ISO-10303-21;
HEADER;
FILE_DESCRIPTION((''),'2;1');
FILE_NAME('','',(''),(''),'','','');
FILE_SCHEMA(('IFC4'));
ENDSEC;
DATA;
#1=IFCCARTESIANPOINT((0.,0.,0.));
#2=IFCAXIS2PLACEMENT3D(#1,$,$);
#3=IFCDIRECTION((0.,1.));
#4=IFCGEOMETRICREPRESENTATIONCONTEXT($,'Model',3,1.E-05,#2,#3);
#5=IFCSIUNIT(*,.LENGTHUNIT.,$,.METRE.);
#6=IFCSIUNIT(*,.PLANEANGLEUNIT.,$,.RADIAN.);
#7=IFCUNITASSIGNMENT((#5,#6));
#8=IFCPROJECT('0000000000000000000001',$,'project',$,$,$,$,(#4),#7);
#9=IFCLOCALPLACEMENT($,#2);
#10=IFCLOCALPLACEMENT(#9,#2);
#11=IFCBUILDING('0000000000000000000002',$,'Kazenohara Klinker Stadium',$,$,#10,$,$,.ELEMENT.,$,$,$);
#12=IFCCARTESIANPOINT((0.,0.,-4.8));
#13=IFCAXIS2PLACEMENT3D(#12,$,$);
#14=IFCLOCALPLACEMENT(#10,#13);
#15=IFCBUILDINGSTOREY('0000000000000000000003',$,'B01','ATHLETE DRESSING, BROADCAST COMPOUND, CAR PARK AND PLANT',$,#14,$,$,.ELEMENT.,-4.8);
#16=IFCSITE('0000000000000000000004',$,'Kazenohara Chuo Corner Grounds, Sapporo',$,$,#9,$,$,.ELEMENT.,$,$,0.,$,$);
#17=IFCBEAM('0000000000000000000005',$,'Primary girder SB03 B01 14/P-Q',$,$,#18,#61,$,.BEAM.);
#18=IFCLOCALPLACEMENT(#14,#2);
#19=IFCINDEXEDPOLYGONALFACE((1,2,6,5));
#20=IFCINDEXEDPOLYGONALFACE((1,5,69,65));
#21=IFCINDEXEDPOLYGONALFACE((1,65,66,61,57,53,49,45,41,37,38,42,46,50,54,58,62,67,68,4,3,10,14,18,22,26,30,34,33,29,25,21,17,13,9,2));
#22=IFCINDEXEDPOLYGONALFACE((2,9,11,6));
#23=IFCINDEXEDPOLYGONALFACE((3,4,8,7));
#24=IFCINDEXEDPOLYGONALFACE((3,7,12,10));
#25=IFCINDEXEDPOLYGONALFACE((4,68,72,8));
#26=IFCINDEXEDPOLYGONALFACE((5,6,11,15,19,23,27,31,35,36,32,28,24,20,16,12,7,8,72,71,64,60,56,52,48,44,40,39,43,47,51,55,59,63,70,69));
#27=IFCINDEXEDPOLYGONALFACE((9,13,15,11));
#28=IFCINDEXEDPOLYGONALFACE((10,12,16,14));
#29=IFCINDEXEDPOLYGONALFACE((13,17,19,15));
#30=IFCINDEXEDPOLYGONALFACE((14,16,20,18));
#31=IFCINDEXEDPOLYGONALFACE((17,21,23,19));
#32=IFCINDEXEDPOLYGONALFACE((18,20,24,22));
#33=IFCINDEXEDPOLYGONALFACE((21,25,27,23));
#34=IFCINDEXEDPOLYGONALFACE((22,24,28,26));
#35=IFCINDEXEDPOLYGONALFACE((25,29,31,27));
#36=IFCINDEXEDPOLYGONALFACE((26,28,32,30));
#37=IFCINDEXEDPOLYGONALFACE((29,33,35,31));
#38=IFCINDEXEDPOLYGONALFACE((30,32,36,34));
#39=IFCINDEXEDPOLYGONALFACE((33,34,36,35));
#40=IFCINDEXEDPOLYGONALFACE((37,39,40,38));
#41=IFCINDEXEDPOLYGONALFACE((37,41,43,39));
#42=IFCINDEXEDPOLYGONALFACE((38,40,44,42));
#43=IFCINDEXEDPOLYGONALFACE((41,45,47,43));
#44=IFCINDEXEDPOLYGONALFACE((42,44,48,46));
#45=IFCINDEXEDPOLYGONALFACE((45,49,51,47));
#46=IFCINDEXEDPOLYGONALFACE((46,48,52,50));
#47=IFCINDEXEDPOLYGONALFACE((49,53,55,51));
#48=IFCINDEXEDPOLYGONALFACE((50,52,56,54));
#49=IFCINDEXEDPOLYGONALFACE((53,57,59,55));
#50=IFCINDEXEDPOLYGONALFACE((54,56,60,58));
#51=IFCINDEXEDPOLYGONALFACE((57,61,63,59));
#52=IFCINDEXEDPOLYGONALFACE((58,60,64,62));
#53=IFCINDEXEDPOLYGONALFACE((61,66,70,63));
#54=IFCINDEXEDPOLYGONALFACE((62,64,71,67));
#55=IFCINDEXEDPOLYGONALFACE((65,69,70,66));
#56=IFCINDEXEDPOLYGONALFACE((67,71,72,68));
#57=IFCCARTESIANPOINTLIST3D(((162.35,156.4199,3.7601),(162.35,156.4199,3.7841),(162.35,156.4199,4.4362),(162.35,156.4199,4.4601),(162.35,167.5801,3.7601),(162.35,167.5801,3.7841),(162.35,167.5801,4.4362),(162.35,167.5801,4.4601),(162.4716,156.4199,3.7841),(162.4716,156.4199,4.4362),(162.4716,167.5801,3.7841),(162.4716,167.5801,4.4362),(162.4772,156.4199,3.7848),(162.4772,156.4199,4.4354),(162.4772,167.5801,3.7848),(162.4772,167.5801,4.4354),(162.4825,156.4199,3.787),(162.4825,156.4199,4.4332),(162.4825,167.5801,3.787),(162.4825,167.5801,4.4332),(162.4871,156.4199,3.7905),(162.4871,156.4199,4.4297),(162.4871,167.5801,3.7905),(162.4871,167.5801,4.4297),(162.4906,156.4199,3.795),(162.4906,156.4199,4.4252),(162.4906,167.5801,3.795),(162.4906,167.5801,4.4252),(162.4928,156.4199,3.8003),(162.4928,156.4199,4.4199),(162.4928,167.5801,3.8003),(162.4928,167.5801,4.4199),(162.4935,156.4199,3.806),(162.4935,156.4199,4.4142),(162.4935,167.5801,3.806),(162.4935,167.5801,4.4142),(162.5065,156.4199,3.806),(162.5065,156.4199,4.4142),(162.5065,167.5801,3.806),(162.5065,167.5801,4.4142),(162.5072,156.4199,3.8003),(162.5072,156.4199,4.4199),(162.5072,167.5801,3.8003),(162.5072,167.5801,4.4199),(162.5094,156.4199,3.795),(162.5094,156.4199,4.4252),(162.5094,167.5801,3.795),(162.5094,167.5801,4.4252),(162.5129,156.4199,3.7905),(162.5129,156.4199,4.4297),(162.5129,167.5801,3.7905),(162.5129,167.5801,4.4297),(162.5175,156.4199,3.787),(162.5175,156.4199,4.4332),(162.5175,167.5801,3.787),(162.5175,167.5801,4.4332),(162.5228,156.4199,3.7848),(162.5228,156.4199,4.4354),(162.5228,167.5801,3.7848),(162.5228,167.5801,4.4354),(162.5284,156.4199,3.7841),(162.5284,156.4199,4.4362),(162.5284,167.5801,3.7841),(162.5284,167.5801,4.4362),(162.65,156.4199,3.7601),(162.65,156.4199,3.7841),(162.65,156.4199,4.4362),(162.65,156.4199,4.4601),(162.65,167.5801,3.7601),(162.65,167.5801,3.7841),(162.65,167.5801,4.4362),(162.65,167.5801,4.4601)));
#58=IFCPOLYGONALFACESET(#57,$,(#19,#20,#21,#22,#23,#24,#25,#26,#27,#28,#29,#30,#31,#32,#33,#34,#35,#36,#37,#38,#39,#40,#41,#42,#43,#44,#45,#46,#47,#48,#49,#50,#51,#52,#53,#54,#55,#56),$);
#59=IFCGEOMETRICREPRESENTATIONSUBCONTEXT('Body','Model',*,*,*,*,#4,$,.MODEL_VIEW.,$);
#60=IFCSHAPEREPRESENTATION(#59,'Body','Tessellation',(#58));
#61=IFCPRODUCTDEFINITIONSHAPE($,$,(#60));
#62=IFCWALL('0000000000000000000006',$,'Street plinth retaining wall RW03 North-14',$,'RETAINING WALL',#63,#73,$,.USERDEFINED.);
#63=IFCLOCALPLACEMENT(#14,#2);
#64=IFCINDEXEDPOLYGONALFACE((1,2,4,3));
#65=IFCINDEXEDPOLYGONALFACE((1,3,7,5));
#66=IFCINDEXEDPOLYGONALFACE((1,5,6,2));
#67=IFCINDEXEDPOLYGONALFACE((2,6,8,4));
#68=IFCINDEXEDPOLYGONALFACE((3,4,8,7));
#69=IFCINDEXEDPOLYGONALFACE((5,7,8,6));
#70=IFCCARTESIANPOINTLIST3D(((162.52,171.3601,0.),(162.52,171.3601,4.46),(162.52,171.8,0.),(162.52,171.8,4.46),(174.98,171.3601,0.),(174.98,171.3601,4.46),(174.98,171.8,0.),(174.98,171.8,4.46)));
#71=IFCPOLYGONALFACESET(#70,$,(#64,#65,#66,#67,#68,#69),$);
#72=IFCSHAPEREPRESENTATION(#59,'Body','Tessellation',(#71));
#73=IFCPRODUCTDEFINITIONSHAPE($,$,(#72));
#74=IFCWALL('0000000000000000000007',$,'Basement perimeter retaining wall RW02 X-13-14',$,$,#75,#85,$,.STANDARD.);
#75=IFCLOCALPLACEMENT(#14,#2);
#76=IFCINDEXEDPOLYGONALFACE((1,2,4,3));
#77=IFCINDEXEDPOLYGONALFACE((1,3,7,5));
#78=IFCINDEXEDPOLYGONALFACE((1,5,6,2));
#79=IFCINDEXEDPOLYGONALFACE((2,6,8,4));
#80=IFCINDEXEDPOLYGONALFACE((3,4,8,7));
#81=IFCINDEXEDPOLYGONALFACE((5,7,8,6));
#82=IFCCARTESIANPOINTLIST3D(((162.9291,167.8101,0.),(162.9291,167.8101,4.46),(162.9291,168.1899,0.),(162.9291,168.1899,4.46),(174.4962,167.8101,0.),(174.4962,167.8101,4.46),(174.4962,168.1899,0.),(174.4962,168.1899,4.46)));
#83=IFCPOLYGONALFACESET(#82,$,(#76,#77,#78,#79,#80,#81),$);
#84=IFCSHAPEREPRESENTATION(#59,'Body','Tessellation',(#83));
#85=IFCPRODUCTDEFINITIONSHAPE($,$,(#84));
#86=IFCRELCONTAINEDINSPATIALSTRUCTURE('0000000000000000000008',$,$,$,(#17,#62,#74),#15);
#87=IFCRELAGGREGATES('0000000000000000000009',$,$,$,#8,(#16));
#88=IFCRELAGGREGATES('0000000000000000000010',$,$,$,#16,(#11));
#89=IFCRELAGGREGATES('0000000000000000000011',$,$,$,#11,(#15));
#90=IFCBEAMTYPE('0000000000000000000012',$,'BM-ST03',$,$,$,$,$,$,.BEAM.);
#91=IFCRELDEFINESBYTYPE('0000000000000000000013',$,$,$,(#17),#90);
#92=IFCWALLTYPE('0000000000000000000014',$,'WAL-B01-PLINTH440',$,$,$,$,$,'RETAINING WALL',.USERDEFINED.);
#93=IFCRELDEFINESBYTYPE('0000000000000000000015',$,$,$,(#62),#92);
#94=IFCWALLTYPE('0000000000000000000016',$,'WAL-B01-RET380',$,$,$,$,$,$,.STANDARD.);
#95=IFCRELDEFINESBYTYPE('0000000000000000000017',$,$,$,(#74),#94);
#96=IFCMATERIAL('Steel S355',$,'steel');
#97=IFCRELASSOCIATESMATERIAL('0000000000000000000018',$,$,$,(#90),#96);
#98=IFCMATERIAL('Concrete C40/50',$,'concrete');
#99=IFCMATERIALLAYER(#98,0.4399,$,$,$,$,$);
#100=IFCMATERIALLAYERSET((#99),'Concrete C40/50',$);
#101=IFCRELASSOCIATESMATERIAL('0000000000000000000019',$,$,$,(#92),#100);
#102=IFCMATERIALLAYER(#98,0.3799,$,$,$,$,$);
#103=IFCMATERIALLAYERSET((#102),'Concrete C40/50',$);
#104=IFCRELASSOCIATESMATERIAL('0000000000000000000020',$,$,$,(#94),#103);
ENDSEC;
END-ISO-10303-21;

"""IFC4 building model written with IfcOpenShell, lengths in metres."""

from ifc_helpers import new_model, si_unit, direction, frame, frame_2d, origin, origin_2d, place, context, subcontext, project, spatial, rectangle, i_section, extrude, material, layer, layer_set, material_profile, profile_set, type_object, element, save


model = new_model("IFC4")

# Units and contexts
model_context = context("Model", 3, precision=1e-05, world=origin(), true_north=direction((0.0, 1.0)))
body_context = subcontext(model_context, "Body", "Model", "MODEL_VIEW")
ifc_project = project(units=[si_unit("LENGTHUNIT", "METRE"), si_unit("PLANEANGLEUNIT", "RADIAN")], contexts=[model_context])

# Site, building, storey
site_placement = place(None, origin())
site = spatial("IfcSite", under=ifc_project, at=site_placement, Name="Kazenohara Chuo Corner Grounds, Sapporo", CompositionType="ELEMENT", RefElevation=0.0)
building_placement = place(site_placement, origin())
building = spatial("IfcBuilding", under=site, at=building_placement, Name="Kazenohara Klinker Stadium", CompositionType="ELEMENT")
storey_placement = place(building_placement, frame((0.0, 0.0, -4.8)))
storey = spatial("IfcBuildingStorey", under=building, at=storey_placement, Name="B01", Description="ATHLETE DRESSING, BROADCAST COMPOUND, CAR PARK AND PLANT", CompositionType="ELEMENT", Elevation=-4.8)

# Shared definitions
ifc_material_1 = material(Name="Concrete C40/50", Category="concrete")

# Beam
ifc_material_2 = material(Name="Steel S355", Category="steel")
ifc_material_profile_1 = material_profile(ifc_material_2, i_section(OverallWidth=0.3, OverallDepth=0.7, WebThickness=0.0129, FlangeThickness=0.0239, FilletRadius=0.022, at=origin_2d()), Name="H-700x300x13x24")
ifc_profile_set_1 = profile_set([ifc_material_profile_1], Name="Steel S355")
beam_type_1 = type_object("IfcBeamType", Name="BM-ST03", PredefinedType="BEAM", material=ifc_profile_set_1)
beam_1_placement = place(storey_placement, frame((162.5, 156.4199, 4.1101), z_axis=(0.0, 1.0, 0.0), x_axis=(-1.0, 0.0, 0.0)))
element("IfcBeam", 1, at=beam_1_placement, inside=storey, type_object=beam_type_1, Name="Primary girder SB03 B01 14/P-Q", PredefinedType="BEAM", context=body_context, shape_type="SweptSolid", body=[
    extrude(i_section(OverallWidth=0.3, OverallDepth=0.7, WebThickness=0.0129, FlangeThickness=0.0239, FilletRadius=0.022, at=origin_2d()), origin(), (0.0, 0.0, 1.0), 11.1602),
])

# Walls
ifc_layer_1 = layer(ifc_material_1, 0.4399)
ifc_layer_set_1 = layer_set([ifc_layer_1], Name="Concrete C40/50")
wall_type_1 = type_object("IfcWallType", Name="WAL-B01-PLINTH440", ElementType="RETAINING WALL", PredefinedType="USERDEFINED", material=ifc_layer_set_1)
wall_1_placement = place(storey_placement, frame((162.52, 171.5801, 0.0), z_axis=(0.0, 0.0, 1.0), x_axis=(1.0, 0.0, 0.0)))
element("IfcWall", 2, at=wall_1_placement, inside=storey, type_object=wall_type_1, Name="Street plinth retaining wall RW03 North-14", ObjectType="RETAINING WALL", PredefinedType="USERDEFINED", context=body_context, shape_type="SweptSolid", body=[
    extrude(rectangle(XDim=12.46, YDim=0.4399, at=frame_2d((6.23, 0.0))), origin(), (0.0, 0.0, 1.0), 4.46),
])
ifc_layer_2 = layer(ifc_material_1, 0.3799)
ifc_layer_set_2 = layer_set([ifc_layer_2], Name="Concrete C40/50")
wall_type_2 = type_object("IfcWallType", Name="WAL-B01-RET380", PredefinedType="STANDARD", material=ifc_layer_set_2)
wall_2_placement = place(storey_placement, frame((162.929, 168.0, 0.0), z_axis=(0.0, 0.0, 1.0), x_axis=(1.0, 0.0, 0.0)))
element("IfcWall", 3, at=wall_2_placement, inside=storey, type_object=wall_type_2, Name="Basement perimeter retaining wall RW02 X-13-14", PredefinedType="STANDARD", context=body_context, shape_type="SweptSolid", body=[
    extrude(rectangle(XDim=11.5671, YDim=0.3799, at=frame_2d((5.7837, 0.0))), origin(), (0.0, 0.0, 1.0), 4.46),
])

save(model, "model.ifc")
